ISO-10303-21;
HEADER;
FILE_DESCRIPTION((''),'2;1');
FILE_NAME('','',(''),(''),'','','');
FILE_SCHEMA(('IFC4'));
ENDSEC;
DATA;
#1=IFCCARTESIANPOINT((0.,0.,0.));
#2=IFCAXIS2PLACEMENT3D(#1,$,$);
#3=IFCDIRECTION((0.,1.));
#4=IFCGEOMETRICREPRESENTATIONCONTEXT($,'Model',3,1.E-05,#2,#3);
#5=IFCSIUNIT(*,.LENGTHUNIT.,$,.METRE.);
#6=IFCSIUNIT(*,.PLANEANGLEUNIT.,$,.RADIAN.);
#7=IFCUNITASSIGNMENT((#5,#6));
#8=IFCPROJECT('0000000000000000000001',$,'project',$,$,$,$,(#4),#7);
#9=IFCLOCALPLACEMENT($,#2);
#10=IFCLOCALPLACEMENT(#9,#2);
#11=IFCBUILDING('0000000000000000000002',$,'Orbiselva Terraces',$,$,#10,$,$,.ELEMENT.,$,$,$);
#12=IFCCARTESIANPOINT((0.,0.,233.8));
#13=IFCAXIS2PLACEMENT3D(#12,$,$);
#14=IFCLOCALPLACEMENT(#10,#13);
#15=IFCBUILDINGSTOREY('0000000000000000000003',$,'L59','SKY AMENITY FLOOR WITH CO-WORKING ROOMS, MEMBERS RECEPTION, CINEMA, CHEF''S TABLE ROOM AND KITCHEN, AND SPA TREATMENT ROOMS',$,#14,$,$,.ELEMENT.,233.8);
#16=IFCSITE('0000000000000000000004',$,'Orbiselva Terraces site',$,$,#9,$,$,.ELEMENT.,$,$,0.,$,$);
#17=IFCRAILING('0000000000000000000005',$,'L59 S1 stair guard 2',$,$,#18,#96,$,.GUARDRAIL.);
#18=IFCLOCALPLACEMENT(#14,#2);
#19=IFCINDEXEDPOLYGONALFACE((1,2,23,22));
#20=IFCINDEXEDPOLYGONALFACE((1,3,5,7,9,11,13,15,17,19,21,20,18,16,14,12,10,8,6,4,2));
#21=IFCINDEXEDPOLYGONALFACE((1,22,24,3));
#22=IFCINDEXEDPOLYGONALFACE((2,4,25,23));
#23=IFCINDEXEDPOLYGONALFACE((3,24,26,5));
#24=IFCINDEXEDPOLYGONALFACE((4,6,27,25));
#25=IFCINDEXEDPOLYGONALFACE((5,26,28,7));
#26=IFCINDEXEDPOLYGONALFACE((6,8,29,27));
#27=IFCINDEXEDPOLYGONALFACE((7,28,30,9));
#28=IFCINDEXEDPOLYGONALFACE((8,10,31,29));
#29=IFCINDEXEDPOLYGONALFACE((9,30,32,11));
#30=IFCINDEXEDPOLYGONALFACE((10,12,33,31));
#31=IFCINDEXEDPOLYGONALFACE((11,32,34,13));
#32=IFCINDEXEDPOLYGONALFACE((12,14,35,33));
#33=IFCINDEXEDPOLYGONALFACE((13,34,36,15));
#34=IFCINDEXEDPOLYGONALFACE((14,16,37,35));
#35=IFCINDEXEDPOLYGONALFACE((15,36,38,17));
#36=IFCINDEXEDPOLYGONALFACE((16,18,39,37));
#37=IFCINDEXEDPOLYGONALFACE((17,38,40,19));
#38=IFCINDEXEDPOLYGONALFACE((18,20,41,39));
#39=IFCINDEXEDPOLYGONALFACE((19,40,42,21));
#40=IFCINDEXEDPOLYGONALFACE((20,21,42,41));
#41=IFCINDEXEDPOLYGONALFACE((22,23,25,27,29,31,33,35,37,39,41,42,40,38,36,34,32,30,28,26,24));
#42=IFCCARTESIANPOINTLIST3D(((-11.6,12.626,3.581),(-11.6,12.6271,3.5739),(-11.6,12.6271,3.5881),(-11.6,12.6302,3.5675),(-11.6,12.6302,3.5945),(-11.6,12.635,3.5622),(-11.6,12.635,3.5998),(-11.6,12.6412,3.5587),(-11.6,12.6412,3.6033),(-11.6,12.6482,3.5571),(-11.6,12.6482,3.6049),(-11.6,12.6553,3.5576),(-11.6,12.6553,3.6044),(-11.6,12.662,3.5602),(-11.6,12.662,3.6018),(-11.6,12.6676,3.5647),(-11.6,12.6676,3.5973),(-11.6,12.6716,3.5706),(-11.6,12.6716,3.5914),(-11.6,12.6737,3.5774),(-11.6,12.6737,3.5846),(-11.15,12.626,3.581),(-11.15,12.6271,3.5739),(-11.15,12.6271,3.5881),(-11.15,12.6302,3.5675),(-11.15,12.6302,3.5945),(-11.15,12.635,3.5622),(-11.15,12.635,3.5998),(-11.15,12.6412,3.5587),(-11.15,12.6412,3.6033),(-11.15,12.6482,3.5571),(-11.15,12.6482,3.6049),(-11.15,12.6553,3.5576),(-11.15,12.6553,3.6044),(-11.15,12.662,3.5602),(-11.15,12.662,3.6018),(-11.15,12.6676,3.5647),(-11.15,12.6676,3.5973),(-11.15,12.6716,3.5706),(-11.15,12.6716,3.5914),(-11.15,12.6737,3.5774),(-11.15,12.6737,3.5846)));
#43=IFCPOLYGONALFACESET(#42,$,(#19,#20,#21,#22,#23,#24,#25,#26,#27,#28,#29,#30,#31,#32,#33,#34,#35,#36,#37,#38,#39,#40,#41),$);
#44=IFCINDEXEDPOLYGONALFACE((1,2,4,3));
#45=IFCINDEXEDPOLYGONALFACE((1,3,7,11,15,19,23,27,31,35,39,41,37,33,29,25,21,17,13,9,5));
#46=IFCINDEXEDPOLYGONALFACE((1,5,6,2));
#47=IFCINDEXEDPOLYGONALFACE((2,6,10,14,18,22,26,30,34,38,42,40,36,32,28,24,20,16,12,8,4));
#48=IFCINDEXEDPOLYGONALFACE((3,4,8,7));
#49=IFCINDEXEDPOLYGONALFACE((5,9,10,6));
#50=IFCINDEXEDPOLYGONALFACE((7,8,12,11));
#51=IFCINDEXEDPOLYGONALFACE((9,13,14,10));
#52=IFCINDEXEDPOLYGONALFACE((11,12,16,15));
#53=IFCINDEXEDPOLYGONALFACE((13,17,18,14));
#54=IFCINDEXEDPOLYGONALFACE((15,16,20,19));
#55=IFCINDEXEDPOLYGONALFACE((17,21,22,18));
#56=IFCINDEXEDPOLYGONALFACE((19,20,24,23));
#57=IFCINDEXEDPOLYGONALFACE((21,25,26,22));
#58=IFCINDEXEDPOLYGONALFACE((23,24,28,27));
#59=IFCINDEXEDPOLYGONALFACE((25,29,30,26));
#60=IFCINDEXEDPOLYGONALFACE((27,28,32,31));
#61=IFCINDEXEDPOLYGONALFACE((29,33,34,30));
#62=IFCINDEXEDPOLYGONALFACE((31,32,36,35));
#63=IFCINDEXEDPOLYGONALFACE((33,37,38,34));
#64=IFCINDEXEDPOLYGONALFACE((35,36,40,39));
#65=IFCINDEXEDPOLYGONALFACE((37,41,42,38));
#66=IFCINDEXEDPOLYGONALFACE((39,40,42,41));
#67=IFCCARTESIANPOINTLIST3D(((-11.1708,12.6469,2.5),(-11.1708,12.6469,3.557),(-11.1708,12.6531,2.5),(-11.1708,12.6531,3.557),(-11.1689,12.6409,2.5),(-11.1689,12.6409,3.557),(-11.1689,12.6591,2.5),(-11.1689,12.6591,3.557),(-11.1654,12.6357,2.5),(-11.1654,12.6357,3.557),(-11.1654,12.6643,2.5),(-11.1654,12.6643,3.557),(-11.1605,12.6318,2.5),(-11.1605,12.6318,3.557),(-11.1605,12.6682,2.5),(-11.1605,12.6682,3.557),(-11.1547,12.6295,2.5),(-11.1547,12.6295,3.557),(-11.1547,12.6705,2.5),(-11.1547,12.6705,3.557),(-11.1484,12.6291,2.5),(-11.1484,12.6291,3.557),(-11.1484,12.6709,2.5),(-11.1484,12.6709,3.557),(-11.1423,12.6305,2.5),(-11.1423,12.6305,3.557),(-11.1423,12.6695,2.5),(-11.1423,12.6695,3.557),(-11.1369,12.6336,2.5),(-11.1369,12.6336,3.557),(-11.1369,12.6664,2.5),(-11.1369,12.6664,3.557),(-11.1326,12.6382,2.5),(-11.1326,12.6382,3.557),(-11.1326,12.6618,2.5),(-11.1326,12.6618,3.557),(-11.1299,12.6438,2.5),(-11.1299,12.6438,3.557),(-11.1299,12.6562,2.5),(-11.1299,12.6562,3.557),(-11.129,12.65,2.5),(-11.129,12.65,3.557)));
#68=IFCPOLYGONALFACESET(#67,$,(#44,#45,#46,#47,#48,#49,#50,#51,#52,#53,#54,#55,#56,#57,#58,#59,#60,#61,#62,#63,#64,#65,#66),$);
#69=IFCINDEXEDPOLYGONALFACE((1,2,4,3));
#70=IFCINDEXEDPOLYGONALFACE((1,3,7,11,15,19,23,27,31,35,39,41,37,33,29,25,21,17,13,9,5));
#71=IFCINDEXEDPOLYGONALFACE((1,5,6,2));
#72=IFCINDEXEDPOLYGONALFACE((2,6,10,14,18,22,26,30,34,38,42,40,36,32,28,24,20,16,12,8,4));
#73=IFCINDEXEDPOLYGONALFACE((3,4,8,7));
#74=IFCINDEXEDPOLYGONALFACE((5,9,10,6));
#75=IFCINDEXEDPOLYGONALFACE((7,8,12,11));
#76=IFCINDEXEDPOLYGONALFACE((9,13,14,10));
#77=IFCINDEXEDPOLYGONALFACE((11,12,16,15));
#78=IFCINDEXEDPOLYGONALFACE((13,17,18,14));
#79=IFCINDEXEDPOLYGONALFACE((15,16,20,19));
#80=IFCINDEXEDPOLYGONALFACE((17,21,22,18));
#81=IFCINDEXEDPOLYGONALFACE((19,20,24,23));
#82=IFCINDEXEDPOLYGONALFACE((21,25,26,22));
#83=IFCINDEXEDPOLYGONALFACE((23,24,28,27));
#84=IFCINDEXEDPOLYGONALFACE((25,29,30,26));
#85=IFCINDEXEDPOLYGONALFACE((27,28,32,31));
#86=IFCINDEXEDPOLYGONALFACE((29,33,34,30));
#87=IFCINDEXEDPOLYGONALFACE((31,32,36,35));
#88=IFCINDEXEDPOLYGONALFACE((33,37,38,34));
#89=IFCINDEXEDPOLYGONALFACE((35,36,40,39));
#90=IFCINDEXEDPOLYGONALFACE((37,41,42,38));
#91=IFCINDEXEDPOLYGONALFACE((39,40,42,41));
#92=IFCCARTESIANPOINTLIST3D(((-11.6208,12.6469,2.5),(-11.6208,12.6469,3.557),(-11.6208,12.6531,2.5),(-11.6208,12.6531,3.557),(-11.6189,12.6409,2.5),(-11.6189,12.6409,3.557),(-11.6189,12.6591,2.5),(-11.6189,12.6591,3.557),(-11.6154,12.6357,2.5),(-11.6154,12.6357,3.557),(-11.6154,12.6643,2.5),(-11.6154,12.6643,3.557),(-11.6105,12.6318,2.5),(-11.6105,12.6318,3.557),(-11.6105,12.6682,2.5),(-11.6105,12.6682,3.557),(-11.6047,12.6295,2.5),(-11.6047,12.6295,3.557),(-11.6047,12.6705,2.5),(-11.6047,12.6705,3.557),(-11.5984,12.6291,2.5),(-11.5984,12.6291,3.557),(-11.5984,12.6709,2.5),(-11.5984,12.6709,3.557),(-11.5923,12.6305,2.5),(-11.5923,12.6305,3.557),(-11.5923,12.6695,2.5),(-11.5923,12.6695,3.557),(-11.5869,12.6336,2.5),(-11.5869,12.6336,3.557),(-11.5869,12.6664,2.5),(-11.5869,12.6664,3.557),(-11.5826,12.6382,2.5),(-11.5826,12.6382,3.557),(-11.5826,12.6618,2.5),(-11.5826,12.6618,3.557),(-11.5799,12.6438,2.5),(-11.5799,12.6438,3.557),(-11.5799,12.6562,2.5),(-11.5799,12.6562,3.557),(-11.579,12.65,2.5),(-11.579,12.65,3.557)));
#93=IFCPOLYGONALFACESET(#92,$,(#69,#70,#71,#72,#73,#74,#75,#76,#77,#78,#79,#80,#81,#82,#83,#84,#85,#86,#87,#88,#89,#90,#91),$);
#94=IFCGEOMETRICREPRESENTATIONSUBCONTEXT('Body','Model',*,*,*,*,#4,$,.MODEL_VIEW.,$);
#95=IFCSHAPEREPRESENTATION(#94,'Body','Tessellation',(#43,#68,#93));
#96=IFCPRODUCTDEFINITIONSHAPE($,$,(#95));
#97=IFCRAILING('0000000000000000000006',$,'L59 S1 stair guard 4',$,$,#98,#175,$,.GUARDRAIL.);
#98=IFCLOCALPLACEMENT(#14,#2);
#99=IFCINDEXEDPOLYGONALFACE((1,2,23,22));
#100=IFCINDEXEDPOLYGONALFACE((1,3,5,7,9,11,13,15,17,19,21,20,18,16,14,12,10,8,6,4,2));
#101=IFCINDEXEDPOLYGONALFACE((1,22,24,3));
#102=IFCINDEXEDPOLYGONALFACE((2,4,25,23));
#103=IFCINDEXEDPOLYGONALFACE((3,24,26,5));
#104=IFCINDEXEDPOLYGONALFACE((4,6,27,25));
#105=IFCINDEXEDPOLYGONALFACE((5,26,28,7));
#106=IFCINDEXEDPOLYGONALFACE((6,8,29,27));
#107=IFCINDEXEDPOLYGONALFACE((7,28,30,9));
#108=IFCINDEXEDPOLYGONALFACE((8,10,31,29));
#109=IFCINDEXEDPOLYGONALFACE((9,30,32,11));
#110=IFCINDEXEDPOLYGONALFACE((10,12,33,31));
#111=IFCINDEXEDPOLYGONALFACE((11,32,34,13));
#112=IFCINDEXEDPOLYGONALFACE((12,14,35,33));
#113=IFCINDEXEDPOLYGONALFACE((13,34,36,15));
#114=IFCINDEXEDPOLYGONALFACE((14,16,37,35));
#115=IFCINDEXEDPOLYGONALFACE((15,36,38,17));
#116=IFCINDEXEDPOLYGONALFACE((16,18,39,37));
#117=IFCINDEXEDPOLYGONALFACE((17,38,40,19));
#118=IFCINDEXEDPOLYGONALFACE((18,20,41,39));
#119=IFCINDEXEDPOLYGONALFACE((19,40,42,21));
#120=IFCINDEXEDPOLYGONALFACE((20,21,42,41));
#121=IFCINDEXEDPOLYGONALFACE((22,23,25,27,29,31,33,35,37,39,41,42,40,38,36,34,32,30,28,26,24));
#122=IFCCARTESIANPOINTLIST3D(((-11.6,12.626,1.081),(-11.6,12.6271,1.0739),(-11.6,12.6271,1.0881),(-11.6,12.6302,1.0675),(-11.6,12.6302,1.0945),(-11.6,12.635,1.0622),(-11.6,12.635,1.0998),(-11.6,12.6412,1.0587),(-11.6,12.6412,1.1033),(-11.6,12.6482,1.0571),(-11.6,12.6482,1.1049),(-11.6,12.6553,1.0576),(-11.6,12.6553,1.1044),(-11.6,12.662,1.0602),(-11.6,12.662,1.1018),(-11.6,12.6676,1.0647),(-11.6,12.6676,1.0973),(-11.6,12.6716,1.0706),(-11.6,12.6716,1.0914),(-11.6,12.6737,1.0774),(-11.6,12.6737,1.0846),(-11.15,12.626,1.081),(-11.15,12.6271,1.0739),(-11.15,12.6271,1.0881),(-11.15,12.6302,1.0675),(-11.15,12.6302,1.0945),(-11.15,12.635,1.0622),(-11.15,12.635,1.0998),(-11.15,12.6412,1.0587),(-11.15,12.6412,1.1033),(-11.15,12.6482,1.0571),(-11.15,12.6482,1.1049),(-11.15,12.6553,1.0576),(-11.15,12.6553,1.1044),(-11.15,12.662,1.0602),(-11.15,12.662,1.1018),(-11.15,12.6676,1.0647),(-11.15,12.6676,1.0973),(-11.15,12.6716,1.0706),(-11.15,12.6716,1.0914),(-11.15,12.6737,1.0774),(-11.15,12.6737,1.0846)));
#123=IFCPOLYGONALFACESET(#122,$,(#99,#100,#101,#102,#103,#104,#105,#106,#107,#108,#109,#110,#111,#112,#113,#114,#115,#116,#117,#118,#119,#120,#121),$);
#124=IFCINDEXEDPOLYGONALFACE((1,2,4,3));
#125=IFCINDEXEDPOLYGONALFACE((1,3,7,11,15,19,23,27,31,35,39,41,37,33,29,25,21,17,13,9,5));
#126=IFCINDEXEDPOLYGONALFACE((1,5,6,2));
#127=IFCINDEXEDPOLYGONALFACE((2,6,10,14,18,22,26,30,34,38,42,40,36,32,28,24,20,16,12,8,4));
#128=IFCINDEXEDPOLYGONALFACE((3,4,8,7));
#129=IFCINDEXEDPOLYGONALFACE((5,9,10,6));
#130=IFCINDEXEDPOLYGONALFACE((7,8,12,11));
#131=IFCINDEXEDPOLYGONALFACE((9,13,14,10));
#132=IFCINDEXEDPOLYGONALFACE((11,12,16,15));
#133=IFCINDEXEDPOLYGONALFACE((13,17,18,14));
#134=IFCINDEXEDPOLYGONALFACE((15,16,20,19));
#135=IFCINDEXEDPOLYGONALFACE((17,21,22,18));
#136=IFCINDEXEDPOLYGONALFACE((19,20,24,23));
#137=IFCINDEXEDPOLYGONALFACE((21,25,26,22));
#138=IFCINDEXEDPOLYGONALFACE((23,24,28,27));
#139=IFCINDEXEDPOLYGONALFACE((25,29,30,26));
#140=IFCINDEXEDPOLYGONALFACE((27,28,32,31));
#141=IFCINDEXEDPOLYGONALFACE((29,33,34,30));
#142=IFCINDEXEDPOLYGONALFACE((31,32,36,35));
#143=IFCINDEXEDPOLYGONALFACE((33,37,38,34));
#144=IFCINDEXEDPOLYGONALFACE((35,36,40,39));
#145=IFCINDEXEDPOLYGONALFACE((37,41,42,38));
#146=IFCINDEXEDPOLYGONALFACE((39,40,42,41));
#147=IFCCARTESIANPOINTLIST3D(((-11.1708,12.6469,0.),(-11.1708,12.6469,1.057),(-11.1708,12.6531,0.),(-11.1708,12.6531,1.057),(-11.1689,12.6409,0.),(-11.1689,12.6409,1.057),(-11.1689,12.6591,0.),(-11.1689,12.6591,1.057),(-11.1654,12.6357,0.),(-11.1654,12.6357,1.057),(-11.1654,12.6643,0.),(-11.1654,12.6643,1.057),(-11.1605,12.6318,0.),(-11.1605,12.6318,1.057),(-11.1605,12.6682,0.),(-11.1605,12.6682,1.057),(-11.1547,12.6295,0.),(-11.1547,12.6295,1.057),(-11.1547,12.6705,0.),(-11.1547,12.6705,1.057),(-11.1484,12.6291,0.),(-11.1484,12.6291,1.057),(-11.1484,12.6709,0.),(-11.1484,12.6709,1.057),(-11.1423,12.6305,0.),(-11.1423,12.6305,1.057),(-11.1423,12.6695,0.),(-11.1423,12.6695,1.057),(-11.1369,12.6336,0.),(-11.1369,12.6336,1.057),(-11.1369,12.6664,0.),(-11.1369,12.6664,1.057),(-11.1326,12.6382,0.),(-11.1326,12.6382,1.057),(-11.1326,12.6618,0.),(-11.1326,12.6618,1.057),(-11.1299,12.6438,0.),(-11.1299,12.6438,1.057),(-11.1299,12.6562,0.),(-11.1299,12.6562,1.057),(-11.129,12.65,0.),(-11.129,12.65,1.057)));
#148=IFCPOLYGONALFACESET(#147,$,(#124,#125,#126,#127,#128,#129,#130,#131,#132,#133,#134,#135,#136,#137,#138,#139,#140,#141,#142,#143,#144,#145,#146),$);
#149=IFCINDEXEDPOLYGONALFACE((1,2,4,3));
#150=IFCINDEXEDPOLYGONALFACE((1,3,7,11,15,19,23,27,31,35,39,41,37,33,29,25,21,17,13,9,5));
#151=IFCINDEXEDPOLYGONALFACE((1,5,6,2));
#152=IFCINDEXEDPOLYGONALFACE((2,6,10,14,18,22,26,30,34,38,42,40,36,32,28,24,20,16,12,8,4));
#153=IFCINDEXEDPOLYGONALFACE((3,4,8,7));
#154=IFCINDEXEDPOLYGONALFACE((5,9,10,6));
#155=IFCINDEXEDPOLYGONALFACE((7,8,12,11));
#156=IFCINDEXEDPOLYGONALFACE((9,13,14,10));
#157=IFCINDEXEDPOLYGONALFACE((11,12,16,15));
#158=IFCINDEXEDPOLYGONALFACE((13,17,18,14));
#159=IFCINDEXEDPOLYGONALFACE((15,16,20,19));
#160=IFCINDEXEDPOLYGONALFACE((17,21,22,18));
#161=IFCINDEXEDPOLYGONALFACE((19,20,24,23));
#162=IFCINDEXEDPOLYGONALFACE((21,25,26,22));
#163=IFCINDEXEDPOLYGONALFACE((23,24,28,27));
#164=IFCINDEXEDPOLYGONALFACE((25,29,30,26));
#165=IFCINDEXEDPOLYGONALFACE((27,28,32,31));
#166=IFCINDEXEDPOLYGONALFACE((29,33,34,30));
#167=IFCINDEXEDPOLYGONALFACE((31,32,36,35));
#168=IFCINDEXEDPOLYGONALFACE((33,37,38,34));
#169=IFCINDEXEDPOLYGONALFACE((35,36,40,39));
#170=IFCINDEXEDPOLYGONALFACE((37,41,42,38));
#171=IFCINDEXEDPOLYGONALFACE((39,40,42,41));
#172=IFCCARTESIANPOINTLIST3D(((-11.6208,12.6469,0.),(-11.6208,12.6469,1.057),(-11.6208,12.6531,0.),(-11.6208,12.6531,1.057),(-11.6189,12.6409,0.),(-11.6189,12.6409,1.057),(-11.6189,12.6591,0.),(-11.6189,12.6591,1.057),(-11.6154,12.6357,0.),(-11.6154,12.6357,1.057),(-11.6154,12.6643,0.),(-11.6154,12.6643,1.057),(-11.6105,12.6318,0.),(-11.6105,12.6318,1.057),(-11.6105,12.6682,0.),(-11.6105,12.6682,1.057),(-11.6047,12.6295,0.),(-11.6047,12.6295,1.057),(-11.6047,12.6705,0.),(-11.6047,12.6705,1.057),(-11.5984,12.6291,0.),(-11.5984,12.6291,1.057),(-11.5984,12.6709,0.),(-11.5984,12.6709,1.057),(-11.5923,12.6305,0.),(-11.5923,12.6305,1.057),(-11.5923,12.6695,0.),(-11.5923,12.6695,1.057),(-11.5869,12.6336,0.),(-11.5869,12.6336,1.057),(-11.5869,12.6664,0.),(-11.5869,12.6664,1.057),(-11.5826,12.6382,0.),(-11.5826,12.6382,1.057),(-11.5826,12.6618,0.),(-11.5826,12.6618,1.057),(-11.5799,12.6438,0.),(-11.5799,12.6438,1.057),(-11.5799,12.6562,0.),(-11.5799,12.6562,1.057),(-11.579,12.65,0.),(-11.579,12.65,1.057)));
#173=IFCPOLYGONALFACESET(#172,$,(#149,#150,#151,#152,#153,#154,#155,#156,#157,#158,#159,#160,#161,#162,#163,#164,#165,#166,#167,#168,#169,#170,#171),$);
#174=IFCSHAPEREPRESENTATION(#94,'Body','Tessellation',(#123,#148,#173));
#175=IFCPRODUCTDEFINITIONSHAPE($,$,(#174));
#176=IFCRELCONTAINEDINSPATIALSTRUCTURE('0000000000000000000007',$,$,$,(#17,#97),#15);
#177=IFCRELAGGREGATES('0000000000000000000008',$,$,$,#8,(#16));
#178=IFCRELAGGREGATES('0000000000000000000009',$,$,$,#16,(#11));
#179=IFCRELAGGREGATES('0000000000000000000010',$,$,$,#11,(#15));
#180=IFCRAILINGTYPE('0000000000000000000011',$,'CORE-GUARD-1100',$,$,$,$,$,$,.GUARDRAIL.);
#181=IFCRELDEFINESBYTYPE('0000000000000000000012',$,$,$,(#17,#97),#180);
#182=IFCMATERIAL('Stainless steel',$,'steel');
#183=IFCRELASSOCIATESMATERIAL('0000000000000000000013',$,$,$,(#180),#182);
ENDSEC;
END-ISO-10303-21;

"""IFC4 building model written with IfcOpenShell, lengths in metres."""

from ifc_helpers import new_model, si_unit, direction, frame, origin, origin_2d, place, context, subcontext, project, spatial, circle, extrude, material, type_object, element, save


model = new_model("IFC4")

# Units and contexts
model_context = context("Model", 3, precision=1e-05, world=origin(), true_north=direction((0.0, 1.0)))
body_context = subcontext(model_context, "Body", "Model", "MODEL_VIEW")
ifc_project = project(units=[si_unit("LENGTHUNIT", "METRE"), si_unit("PLANEANGLEUNIT", "RADIAN")], contexts=[model_context])

# Site, building, storey
site_placement = place(None, origin())
site = spatial("IfcSite", under=ifc_project, at=site_placement, Name="Orbiselva Terraces site", CompositionType="ELEMENT", RefElevation=0.0)
building_placement = place(site_placement, origin())
building = spatial("IfcBuilding", under=site, at=building_placement, Name="Orbiselva Terraces", CompositionType="ELEMENT")
storey_placement = place(building_placement, frame((0.0, 0.0, 233.8)))
storey = spatial("IfcBuildingStorey", under=building, at=storey_placement, Name="L59", Description="SKY AMENITY FLOOR WITH CO-WORKING ROOMS, MEMBERS RECEPTION, CINEMA, CHEF'S TABLE ROOM AND KITCHEN, AND SPA TREATMENT ROOMS", CompositionType="ELEMENT", Elevation=233.8)

# Railings
ifc_material_1 = material(Name="Stainless steel", Category="steel")
railing_type_1 = type_object("IfcRailingType", Name="CORE-GUARD-1100", PredefinedType="GUARDRAIL", material=ifc_material_1)
railing_1_placement = place(storey_placement, frame((-11.15, 12.65, 2.5)))
element("IfcRailing", 1, at=railing_1_placement, inside=storey, type_object=railing_type_1, Name="L59 S1 stair guard 2", PredefinedType="GUARDRAIL", context=body_context, shape_type="SweptSolid", body=[
    extrude(circle(Radius=0.024, at=origin_2d()), frame((0.0, 0.0, 1.081), z_axis=(-1.0, 0.0, 0.0), x_axis=(0.0, -1.0, 0.0)), (0.0, 0.0, 1.0), 0.45),
    extrude(circle(Radius=0.021, at=origin_2d()), origin(), (0.0, 0.0, 1.0), 1.057),
    extrude(circle(Radius=0.021, at=origin_2d()), frame((-0.45, 0.0, 0.0)), (0.0, 0.0, 1.0), 1.057),
])
railing_2_placement = place(storey_placement, frame((-11.15, 12.65, 0.0)))
element("IfcRailing", 2, at=railing_2_placement, inside=storey, type_object=railing_type_1, Name="L59 S1 stair guard 4", PredefinedType="GUARDRAIL", context=body_context, shape_type="SweptSolid", body=[
    extrude(circle(Radius=0.024, at=origin_2d()), frame((0.0, 0.0, 1.081), z_axis=(-1.0, 0.0, 0.0), x_axis=(0.0, -1.0, 0.0)), (0.0, 0.0, 1.0), 0.45),
    extrude(circle(Radius=0.021, at=origin_2d()), origin(), (0.0, 0.0, 1.0), 1.057),
    extrude(circle(Radius=0.021, at=origin_2d()), frame((-0.45, 0.0, 0.0)), (0.0, 0.0, 1.0), 1.057),
])

save(model, "model.ifc")
